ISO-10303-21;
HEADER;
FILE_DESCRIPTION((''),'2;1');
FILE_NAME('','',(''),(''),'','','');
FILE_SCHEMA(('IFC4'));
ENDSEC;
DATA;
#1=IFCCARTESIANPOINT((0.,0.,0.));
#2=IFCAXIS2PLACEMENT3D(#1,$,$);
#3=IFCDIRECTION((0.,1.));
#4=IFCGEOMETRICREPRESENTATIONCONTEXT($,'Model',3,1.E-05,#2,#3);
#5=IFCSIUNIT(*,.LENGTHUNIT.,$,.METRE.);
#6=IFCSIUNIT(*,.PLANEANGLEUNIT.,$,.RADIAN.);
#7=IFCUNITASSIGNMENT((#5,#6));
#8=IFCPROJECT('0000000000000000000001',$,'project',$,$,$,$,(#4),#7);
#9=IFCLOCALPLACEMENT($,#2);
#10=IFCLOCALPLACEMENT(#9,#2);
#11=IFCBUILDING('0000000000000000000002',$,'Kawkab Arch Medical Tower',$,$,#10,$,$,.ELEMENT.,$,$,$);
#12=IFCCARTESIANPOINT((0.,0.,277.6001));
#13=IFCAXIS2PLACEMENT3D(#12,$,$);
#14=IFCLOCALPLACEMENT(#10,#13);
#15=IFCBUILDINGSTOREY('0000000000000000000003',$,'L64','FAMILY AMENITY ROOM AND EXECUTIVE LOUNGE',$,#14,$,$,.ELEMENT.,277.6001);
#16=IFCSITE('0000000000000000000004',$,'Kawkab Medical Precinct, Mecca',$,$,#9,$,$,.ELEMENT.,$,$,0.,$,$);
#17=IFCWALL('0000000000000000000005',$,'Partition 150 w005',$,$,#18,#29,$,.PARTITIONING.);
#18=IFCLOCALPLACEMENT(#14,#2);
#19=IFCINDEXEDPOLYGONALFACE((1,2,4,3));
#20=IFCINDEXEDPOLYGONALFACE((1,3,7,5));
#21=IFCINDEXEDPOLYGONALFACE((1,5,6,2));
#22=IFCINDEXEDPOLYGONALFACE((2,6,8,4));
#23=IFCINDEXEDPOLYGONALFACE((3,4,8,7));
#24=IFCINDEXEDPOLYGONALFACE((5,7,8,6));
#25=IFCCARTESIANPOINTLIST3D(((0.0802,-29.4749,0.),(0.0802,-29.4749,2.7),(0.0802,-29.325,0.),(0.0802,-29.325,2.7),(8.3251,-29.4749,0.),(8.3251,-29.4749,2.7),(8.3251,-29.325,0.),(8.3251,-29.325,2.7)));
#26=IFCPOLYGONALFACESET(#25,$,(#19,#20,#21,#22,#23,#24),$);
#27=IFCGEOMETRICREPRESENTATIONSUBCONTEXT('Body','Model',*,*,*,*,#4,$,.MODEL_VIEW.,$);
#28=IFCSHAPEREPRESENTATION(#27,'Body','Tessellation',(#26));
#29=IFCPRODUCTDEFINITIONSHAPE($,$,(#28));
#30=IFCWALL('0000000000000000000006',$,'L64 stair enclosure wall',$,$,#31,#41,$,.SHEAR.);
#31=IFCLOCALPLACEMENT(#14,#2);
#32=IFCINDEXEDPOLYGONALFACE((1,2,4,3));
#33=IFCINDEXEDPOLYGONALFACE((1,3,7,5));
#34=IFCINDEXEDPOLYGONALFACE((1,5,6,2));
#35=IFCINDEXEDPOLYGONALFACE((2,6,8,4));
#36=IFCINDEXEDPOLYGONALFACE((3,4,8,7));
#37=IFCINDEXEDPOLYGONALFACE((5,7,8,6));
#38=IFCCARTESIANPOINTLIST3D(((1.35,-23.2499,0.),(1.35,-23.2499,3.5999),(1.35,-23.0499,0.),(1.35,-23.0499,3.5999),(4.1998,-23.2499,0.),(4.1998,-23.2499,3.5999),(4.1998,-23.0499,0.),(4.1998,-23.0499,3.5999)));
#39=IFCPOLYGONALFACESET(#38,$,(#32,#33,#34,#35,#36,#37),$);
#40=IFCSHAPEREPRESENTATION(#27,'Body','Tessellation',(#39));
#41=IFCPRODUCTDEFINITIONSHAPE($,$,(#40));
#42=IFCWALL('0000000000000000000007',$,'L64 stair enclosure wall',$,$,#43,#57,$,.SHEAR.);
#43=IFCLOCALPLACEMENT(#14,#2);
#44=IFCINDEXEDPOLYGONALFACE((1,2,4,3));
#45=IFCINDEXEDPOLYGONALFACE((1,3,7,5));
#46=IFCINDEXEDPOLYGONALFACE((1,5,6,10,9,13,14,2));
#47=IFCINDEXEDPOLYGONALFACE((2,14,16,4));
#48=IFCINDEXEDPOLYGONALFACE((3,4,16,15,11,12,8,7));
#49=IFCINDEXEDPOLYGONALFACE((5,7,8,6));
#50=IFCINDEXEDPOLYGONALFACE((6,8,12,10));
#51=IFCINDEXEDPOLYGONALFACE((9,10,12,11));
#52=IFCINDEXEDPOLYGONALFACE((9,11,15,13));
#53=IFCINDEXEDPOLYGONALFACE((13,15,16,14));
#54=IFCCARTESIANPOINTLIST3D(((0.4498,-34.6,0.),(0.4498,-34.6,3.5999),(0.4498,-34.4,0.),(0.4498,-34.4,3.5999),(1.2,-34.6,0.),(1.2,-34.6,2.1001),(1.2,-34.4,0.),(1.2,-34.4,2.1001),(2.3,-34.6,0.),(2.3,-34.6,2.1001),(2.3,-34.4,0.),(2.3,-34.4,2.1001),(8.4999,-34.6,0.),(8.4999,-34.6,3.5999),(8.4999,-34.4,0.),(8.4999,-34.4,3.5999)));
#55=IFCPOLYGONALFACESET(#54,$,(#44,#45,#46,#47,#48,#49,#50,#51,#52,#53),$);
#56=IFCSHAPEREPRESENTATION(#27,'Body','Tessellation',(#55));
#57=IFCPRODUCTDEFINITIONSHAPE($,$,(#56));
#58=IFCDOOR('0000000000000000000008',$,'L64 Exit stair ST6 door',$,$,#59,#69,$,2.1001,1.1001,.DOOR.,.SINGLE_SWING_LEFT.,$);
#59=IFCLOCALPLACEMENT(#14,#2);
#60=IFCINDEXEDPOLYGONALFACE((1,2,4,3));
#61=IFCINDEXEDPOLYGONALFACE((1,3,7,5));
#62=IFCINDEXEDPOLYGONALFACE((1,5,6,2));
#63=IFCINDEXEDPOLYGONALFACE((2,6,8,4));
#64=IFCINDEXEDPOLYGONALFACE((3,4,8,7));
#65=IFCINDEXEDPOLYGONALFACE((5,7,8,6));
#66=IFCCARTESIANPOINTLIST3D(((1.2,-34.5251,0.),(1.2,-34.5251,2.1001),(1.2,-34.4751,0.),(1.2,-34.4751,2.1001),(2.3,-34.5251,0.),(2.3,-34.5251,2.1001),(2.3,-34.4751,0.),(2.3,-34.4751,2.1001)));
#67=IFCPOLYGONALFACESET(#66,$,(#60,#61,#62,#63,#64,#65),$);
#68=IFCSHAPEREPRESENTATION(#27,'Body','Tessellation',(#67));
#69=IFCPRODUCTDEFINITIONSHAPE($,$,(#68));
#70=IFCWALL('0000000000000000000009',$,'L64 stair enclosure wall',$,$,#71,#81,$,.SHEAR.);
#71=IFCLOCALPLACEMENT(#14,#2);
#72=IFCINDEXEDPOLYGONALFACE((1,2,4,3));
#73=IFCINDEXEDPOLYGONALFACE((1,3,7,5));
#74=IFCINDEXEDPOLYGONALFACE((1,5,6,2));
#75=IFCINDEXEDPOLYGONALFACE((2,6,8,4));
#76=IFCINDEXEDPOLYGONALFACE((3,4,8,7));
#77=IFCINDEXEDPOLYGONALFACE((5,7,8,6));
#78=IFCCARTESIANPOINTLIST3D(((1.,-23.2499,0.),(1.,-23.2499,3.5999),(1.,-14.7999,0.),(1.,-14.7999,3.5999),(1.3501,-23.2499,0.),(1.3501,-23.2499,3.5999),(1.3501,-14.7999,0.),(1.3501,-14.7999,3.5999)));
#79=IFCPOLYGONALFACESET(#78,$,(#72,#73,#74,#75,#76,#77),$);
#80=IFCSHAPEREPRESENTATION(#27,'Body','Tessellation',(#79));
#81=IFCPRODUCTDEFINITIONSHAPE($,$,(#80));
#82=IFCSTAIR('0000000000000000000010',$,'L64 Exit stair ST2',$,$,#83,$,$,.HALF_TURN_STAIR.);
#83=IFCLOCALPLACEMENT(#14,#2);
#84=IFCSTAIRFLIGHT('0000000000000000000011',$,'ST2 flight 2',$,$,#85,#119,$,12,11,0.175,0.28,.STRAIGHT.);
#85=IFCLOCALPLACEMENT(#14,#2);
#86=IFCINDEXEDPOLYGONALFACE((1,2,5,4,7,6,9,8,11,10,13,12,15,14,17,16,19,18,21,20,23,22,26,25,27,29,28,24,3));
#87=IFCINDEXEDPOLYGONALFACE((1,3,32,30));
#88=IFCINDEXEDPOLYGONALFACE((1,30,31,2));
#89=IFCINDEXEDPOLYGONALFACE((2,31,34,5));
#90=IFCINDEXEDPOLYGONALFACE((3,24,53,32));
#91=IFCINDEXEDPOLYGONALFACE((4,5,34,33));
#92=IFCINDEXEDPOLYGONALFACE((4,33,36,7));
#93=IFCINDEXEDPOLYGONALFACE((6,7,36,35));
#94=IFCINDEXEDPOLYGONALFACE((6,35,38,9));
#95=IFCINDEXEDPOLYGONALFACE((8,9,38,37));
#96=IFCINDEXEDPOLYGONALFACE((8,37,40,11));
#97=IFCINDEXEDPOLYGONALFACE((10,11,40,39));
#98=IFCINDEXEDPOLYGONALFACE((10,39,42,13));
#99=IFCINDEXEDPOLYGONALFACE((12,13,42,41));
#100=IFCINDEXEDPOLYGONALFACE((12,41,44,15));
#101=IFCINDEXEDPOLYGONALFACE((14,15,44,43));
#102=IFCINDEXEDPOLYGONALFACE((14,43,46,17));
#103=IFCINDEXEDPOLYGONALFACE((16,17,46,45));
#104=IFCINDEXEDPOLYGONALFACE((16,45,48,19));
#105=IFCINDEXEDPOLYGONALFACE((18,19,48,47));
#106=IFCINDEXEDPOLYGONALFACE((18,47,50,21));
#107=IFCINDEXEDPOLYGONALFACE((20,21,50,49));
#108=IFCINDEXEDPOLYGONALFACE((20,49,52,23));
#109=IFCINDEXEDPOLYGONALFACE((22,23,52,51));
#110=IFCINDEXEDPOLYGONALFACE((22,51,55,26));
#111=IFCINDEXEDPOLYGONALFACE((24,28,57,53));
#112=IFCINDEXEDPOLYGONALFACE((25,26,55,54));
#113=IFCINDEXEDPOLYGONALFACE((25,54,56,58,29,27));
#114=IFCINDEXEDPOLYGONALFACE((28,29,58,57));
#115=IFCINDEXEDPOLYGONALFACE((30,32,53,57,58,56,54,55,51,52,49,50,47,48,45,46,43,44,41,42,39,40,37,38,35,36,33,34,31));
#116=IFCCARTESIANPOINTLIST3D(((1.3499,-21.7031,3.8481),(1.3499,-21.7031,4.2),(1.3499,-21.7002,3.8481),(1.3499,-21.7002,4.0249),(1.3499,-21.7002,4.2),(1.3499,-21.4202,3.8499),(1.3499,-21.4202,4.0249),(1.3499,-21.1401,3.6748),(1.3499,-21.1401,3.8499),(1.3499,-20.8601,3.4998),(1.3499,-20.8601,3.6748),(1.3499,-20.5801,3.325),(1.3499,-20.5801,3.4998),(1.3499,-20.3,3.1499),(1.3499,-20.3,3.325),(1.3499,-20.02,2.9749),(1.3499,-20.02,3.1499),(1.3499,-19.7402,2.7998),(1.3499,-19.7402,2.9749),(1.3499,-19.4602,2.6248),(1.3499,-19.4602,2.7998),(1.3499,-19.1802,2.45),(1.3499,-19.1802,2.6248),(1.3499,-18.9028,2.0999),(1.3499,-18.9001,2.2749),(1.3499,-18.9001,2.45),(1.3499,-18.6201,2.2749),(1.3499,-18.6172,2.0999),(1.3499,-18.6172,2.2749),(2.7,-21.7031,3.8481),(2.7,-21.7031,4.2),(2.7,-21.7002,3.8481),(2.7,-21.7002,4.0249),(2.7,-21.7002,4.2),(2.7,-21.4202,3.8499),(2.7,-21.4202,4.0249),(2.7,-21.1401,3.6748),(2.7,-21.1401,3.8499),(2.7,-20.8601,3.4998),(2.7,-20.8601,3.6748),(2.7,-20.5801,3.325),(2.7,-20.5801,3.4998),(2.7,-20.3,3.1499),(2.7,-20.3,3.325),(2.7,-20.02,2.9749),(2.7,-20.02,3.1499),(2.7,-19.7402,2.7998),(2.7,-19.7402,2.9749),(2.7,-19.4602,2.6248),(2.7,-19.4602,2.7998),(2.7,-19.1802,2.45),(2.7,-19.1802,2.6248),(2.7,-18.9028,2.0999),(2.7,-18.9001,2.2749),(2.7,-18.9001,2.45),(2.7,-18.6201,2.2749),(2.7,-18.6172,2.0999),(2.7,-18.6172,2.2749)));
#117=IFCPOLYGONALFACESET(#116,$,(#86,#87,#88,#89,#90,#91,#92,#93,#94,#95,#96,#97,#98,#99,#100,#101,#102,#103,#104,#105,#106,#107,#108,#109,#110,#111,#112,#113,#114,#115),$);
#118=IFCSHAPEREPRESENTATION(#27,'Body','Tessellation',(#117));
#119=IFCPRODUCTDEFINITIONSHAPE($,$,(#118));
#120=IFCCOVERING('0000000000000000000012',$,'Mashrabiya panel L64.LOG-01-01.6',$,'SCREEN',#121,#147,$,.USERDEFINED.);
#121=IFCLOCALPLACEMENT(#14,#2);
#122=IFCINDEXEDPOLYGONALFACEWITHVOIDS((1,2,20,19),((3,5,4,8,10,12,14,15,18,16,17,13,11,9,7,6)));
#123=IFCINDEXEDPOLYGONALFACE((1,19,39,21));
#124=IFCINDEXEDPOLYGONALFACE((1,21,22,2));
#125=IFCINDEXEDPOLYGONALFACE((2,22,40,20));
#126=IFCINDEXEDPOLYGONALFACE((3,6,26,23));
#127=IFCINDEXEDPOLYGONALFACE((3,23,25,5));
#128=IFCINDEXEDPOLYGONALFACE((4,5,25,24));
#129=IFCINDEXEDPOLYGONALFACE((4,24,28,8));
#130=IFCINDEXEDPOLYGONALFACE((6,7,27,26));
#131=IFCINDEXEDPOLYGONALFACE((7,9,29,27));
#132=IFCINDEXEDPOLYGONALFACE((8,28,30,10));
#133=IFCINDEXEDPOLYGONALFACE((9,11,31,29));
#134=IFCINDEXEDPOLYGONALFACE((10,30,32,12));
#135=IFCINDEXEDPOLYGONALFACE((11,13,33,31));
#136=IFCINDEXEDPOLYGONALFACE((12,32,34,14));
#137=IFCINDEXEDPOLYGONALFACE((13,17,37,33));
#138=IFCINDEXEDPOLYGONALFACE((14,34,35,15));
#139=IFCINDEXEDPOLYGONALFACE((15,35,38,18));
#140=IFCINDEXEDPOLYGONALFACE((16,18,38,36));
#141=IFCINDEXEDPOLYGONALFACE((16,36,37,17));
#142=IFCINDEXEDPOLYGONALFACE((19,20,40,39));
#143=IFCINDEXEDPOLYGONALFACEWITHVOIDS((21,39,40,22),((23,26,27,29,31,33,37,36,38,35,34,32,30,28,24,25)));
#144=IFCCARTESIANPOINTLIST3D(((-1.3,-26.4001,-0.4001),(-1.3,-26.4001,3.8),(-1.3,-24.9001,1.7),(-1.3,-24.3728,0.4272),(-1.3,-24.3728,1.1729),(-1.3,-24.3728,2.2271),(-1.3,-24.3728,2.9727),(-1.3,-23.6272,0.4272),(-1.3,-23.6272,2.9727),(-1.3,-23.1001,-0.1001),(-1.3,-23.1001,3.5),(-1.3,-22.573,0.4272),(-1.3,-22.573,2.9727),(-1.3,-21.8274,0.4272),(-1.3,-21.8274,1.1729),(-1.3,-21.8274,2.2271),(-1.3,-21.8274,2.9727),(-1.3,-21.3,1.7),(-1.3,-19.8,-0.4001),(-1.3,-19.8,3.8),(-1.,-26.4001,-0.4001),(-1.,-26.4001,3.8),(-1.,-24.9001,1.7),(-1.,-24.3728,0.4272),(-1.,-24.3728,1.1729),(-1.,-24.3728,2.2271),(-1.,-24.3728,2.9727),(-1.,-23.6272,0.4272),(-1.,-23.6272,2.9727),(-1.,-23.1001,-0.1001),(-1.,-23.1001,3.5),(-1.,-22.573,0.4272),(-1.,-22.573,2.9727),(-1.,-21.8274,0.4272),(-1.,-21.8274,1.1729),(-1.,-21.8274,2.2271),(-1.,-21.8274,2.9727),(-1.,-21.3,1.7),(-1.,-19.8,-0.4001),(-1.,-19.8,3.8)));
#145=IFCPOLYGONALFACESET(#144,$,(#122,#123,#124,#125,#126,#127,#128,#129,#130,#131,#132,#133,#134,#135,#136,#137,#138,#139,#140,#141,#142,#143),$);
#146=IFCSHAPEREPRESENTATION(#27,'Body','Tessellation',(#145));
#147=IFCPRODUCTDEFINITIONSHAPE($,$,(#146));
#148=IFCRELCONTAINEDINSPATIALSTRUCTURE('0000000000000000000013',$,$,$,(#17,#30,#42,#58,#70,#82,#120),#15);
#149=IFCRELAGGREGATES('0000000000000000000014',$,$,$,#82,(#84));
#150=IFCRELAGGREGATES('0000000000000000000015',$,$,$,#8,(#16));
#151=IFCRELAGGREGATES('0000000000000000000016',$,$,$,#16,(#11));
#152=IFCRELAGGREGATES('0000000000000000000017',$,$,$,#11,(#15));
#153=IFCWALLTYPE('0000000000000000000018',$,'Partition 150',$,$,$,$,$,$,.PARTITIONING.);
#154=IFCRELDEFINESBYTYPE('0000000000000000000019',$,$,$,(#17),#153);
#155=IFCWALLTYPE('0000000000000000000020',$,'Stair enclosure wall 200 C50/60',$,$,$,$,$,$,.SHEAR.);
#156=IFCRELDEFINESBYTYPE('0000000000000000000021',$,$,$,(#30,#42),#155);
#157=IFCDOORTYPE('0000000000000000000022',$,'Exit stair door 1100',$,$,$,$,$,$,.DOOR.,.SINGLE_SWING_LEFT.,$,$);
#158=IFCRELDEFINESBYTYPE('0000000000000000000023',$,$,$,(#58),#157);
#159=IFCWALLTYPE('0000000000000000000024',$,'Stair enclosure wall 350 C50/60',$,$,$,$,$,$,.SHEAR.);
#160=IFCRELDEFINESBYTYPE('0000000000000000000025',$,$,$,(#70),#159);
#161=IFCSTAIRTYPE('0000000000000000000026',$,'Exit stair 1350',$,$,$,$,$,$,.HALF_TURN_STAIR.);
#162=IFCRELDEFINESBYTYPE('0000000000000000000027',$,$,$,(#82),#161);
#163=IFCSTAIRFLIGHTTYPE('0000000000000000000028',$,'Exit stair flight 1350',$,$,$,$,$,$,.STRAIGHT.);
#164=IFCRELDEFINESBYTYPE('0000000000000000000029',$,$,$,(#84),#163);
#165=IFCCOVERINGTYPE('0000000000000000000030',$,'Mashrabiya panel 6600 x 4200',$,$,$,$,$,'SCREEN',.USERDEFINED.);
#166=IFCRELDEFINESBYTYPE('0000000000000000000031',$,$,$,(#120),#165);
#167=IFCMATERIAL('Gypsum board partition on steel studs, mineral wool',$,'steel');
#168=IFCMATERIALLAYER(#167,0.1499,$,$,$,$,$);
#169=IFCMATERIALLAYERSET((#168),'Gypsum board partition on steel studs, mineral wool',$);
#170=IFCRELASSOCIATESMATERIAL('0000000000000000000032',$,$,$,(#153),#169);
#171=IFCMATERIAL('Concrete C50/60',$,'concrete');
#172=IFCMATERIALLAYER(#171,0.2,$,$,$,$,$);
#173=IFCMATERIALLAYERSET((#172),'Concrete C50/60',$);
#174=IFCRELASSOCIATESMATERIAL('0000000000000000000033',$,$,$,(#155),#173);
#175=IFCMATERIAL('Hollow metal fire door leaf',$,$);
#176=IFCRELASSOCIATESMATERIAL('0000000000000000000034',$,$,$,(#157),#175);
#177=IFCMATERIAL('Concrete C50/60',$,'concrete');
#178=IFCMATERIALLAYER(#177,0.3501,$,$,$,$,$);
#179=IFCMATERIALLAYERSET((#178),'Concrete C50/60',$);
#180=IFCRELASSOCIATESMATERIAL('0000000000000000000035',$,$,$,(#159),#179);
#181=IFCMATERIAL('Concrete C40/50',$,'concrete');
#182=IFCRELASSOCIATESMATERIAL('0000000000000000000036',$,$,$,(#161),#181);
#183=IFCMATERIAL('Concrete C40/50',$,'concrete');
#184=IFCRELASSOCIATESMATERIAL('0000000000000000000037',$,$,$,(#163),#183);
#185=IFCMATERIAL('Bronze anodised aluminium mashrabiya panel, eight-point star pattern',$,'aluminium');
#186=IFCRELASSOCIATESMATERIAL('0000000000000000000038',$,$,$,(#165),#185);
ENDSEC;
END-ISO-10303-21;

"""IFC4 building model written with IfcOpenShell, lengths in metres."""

from ifc_helpers import new_model, si_unit, direction, frame, frame_2d, origin, place, context, subcontext, project, spatial, polyline, rectangle, outline, extrude, material, layer, layer_set, material_profile, profile_set, type_object, element, fill, aggregate, save


model = new_model("IFC4")

# Units and contexts
model_context = context("Model", 3, precision=1e-05, world=origin(), true_north=direction((0.0, 1.0)))
body_context = subcontext(model_context, "Body", "Model", "MODEL_VIEW")
ifc_project = project(units=[si_unit("LENGTHUNIT", "METRE"), si_unit("PLANEANGLEUNIT", "RADIAN")], contexts=[model_context])

# Site, building, storey
site_placement = place(None, origin())
site = spatial("IfcSite", under=ifc_project, at=site_placement, Name="Kawkab Medical Precinct, Mecca", CompositionType="ELEMENT", RefElevation=0.0)
building_placement = place(site_placement, origin())
building = spatial("IfcBuilding", under=site, at=building_placement, Name="Kawkab Arch Medical Tower", CompositionType="ELEMENT")
storey_placement = place(building_placement, frame((0.0, 0.0, 277.6001)))
storey = spatial("IfcBuildingStorey", under=building, at=storey_placement, Name="L64", Description="FAMILY AMENITY ROOM AND EXECUTIVE LOUNGE", CompositionType="ELEMENT", Elevation=277.6001)

# Shared definitions
placement = place(storey_placement, origin())

# Shared definitions
ifc_material_1 = material(Name="Gypsum board partition on steel studs, mineral wool", Category="steel")
ifc_layer_1 = layer(ifc_material_1, 0.1499)
ifc_layer_set_1 = layer_set([ifc_layer_1], Name="Gypsum board partition on steel studs, mineral wool")
wall_type_1 = type_object("IfcWallType", Name="Partition 150", PredefinedType="PARTITIONING", material=ifc_layer_set_1)

# Walls
wall_1_placement = place(storey_placement, frame((0.0801, -29.3999, 0.0), z_axis=(0.0, 0.0, 1.0), x_axis=(1.0, 0.0, 0.0)))
element("IfcWall", 1, at=wall_1_placement, inside=storey, type_object=wall_type_1, Name="Partition 150 w005", PredefinedType="PARTITIONING", context=body_context, shape_type="SweptSolid", body=[
    extrude(rectangle(XDim=8.2449, YDim=0.1499, at=frame_2d((4.1226, 0.0))), origin(), (0.0, 0.0, 1.0), 2.7),
])
ifc_material_2 = material(Name="Concrete C50/60", Category="concrete")
ifc_layer_2 = layer(ifc_material_2, 0.2)
ifc_layer_set_2 = layer_set([ifc_layer_2], Name="Concrete C50/60")
wall_type_2 = type_object("IfcWallType", Name="Stair enclosure wall 200 C50/60", PredefinedType="SHEAR", material=ifc_layer_set_2)
wall_2_placement = place(storey_placement, frame((1.3501, -23.1499, 0.0), z_axis=(0.0, 0.0, 1.0), x_axis=(1.0, 0.0, 0.0)))
element("IfcWall", 2, at=wall_2_placement, inside=storey, type_object=wall_type_2, Name="L64 stair enclosure wall", PredefinedType="SHEAR", context=body_context, shape_type="SweptSolid", body=[
    extrude(rectangle(XDim=2.8499, YDim=0.2, at=frame_2d((1.4248, 0.0))), origin(), (0.0, 0.0, 1.0), 3.5999),
])

# Wall, opening, door
wall_3_placement = place(storey_placement, frame((0.45, -34.5, 0.0), z_axis=(0.0, 0.0, 1.0), x_axis=(1.0, 0.0, 0.0)))
wall_3 = element("IfcWall", 3, at=wall_3_placement, inside=storey, type_object=wall_type_2, Name="L64 stair enclosure wall", PredefinedType="SHEAR", context=body_context, shape_type="SweptSolid", body=[
    extrude(rectangle(XDim=8.05, YDim=0.2, at=frame_2d((4.0249, 0.0))), origin(), (0.0, 0.0, 1.0), 3.5999),
])
opening_1_placement = place(wall_3_placement, frame((0.75, 0.0, 0.0)))
opening_1 = element("IfcOpeningElement", 4, at=opening_1_placement, cuts=wall_3, PredefinedType="OPENING", context=body_context, shape_type="SweptSolid", body=[
    extrude(rectangle(XDim=1.1001, YDim=2.1001, at=frame_2d((0.55, 1.05))), frame((0.0, 0.1099, 0.0), z_axis=(0.0, -1.0, 0.0), x_axis=(1.0, 0.0, 0.0)), (0.0, 0.0, 1.0), 0.22),
])
ifc_material_3 = material(Name="Hollow metal fire door leaf")
door_type_1 = type_object("IfcDoorType", Name="Exit stair door 1100", OperationType="SINGLE_SWING_LEFT", PredefinedType="DOOR", material=ifc_material_3)
door_1_placement = place(opening_1_placement, origin())
door_1 = element("IfcDoor", 5, at=door_1_placement, inside=storey, type_object=door_type_1, Name="L64 Exit stair ST6 door", OperationType="SINGLE_SWING_LEFT", OverallHeight=2.1001, OverallWidth=1.1001, PredefinedType="DOOR", context=body_context, shape_type="SweptSolid", body=[
    extrude(rectangle(XDim=1.1001, YDim=2.1001, at=frame_2d((0.55, 1.05))), frame((0.0, 0.0249, 0.0), z_axis=(0.0, -1.0, 0.0), x_axis=(1.0, 0.0, 0.0)), (0.0, 0.0, 1.0), 0.05),
])
fill(opening_1, door_1)

# Wall
ifc_material_4 = material(Name="Concrete C50/60", Category="concrete")
ifc_layer_3 = layer(ifc_material_4, 0.3501)
ifc_layer_set_3 = layer_set([ifc_layer_3], Name="Concrete C50/60")
wall_type_3 = type_object("IfcWallType", Name="Stair enclosure wall 350 C50/60", PredefinedType="SHEAR", material=ifc_layer_set_3)
wall_4_placement = place(storey_placement, frame((1.175, -23.25, 0.0), z_axis=(0.0, 0.0, 1.0), x_axis=(0.0, 1.0, 0.0)))
element("IfcWall", 6, at=wall_4_placement, inside=storey, type_object=wall_type_3, Name="L64 stair enclosure wall", PredefinedType="SHEAR", context=body_context, shape_type="SweptSolid", body=[
    extrude(rectangle(XDim=8.45, YDim=0.3501, at=frame_2d((4.2251, 0.0))), origin(), (0.0, 0.0, 1.0), 3.5999),
])

# Stair, stair flight
ifc_material_5 = material(Name="Concrete C40/50", Category="concrete")
stair_type = type_object("IfcStairType", Name="Exit stair 1350", PredefinedType="HALF_TURN_STAIR", material=ifc_material_5)
stair = element("IfcStair", 7, at=placement, inside=storey, type_object=stair_type, Name="L64 Exit stair ST2", PredefinedType="HALF_TURN_STAIR")
ifc_material_6 = material(Name="Concrete C40/50", Category="concrete")
stair_flight_type = type_object("IfcStairFlightType", Name="Exit stair flight 1350", PredefinedType="STRAIGHT", material=ifc_material_6)
stair_flight_placement = place(storey_placement, frame((2.0249, -18.6201, 2.0999), z_axis=(0.0, 0.0, 1.0), x_axis=(0.0, -1.0, 0.0)))
stair_flight = element("IfcStairFlight", 8, at=stair_flight_placement, type_object=stair_flight_type, Name="ST2 flight 2", NumberOfRisers=12, NumberOfTreads=11, PredefinedType="STRAIGHT", RiserHeight=0.175, TreadLength=0.28, context=body_context, shape_type="SweptSolid", body=[
    extrude(outline(polyline([(-0.0029, 0.0), (-0.0029, 0.175), (0.0, 0.175), (0.28, 0.175), (0.28, 0.3501), (0.5601, 0.3501), (0.5601, 0.5249), (0.8401, 0.5249), (0.8401, 0.7), (1.1201, 0.7), (1.1201, 0.875), (1.3999, 0.875), (1.3999, 1.05), (1.6799, 1.05), (1.6799, 1.2251), (1.96, 1.2251), (1.96, 1.3999), (2.24, 1.3999), (2.24, 1.575), (2.52, 1.575), (2.52, 1.75), (2.8, 1.75), (2.8, 1.925), (3.0801, 1.925), (3.0801, 2.1001), (3.083, 2.1001), (3.083, 1.7483), (3.0801, 1.7483), (0.2827, 0.0), (-0.0029, 0.0)])), frame((0.0, 0.675, 0.0), z_axis=(0.0, -1.0, 0.0), x_axis=(1.0, 0.0, 0.0)), (0.0, 0.0, 1.0), 1.3501),
])
aggregate(stair, [stair_flight])

# Covering
ifc_material_7 = material(Name="Bronze anodised aluminium mashrabiya panel, eight-point star pattern", Category="aluminium")
ifc_material_profile_1 = material_profile(ifc_material_7, outline(polyline([(-3.3, -2.1001), (3.3, -2.1001), (3.3, 2.1001), (-3.3, 2.1001), (-3.3, -2.1001)]), holes=[polyline([(1.8, 0.0), (1.2727, 0.5271), (1.2727, 1.2727), (0.5271, 1.2727), (0.0, 1.8), (-0.5271, 1.2727), (-1.2727, 1.2727), (-1.2727, 0.5271), (-1.8, 0.0), (-1.2727, -0.5271), (-1.2727, -1.2727), (-0.5271, -1.2727), (0.0, -1.8), (0.5271, -1.2727), (1.2727, -1.2727), (1.2727, -0.5271), (1.8, 0.0)])]), Name="Mashrabiya panel 6600x4200")
ifc_profile_set_1 = profile_set([ifc_material_profile_1], Name="Bronze anodised aluminium mashrabiya panel, eight-point star pattern")
covering_type = type_object("IfcCoveringType", Name="Mashrabiya panel 6600 x 4200", ElementType="SCREEN", PredefinedType="USERDEFINED", material=ifc_profile_set_1)
covering_placement = place(storey_placement, frame((-1.0, -23.1001, 1.7), z_axis=(-1.0, 0.0, 0.0), x_axis=(0.0, -1.0, 0.0)))
element("IfcCovering", 9, at=covering_placement, inside=storey, type_object=covering_type, Name="Mashrabiya panel L64.LOG-01-01.6", ObjectType="SCREEN", PredefinedType="USERDEFINED", context=body_context, shape_type="SweptSolid", body=[
    extrude(outline(polyline([(-3.3, -2.1001), (3.3, -2.1001), (3.3, 2.1001), (-3.3, 2.1001), (-3.3, -2.1001)]), holes=[polyline([(1.8, 0.0), (1.2727, 0.5271), (1.2727, 1.2727), (0.5271, 1.2727), (0.0, 1.8), (-0.5271, 1.2727), (-1.2727, 1.2727), (-1.2727, 0.5271), (-1.8, 0.0), (-1.2727, -0.5271), (-1.2727, -1.2727), (-0.5271, -1.2727), (0.0, -1.8), (0.5271, -1.2727), (1.2727, -1.2727), (1.2727, -0.5271), (1.8, 0.0)])]), origin(), (0.0, 0.0, 1.0), 0.3),
])

save(model, "model.ifc")
